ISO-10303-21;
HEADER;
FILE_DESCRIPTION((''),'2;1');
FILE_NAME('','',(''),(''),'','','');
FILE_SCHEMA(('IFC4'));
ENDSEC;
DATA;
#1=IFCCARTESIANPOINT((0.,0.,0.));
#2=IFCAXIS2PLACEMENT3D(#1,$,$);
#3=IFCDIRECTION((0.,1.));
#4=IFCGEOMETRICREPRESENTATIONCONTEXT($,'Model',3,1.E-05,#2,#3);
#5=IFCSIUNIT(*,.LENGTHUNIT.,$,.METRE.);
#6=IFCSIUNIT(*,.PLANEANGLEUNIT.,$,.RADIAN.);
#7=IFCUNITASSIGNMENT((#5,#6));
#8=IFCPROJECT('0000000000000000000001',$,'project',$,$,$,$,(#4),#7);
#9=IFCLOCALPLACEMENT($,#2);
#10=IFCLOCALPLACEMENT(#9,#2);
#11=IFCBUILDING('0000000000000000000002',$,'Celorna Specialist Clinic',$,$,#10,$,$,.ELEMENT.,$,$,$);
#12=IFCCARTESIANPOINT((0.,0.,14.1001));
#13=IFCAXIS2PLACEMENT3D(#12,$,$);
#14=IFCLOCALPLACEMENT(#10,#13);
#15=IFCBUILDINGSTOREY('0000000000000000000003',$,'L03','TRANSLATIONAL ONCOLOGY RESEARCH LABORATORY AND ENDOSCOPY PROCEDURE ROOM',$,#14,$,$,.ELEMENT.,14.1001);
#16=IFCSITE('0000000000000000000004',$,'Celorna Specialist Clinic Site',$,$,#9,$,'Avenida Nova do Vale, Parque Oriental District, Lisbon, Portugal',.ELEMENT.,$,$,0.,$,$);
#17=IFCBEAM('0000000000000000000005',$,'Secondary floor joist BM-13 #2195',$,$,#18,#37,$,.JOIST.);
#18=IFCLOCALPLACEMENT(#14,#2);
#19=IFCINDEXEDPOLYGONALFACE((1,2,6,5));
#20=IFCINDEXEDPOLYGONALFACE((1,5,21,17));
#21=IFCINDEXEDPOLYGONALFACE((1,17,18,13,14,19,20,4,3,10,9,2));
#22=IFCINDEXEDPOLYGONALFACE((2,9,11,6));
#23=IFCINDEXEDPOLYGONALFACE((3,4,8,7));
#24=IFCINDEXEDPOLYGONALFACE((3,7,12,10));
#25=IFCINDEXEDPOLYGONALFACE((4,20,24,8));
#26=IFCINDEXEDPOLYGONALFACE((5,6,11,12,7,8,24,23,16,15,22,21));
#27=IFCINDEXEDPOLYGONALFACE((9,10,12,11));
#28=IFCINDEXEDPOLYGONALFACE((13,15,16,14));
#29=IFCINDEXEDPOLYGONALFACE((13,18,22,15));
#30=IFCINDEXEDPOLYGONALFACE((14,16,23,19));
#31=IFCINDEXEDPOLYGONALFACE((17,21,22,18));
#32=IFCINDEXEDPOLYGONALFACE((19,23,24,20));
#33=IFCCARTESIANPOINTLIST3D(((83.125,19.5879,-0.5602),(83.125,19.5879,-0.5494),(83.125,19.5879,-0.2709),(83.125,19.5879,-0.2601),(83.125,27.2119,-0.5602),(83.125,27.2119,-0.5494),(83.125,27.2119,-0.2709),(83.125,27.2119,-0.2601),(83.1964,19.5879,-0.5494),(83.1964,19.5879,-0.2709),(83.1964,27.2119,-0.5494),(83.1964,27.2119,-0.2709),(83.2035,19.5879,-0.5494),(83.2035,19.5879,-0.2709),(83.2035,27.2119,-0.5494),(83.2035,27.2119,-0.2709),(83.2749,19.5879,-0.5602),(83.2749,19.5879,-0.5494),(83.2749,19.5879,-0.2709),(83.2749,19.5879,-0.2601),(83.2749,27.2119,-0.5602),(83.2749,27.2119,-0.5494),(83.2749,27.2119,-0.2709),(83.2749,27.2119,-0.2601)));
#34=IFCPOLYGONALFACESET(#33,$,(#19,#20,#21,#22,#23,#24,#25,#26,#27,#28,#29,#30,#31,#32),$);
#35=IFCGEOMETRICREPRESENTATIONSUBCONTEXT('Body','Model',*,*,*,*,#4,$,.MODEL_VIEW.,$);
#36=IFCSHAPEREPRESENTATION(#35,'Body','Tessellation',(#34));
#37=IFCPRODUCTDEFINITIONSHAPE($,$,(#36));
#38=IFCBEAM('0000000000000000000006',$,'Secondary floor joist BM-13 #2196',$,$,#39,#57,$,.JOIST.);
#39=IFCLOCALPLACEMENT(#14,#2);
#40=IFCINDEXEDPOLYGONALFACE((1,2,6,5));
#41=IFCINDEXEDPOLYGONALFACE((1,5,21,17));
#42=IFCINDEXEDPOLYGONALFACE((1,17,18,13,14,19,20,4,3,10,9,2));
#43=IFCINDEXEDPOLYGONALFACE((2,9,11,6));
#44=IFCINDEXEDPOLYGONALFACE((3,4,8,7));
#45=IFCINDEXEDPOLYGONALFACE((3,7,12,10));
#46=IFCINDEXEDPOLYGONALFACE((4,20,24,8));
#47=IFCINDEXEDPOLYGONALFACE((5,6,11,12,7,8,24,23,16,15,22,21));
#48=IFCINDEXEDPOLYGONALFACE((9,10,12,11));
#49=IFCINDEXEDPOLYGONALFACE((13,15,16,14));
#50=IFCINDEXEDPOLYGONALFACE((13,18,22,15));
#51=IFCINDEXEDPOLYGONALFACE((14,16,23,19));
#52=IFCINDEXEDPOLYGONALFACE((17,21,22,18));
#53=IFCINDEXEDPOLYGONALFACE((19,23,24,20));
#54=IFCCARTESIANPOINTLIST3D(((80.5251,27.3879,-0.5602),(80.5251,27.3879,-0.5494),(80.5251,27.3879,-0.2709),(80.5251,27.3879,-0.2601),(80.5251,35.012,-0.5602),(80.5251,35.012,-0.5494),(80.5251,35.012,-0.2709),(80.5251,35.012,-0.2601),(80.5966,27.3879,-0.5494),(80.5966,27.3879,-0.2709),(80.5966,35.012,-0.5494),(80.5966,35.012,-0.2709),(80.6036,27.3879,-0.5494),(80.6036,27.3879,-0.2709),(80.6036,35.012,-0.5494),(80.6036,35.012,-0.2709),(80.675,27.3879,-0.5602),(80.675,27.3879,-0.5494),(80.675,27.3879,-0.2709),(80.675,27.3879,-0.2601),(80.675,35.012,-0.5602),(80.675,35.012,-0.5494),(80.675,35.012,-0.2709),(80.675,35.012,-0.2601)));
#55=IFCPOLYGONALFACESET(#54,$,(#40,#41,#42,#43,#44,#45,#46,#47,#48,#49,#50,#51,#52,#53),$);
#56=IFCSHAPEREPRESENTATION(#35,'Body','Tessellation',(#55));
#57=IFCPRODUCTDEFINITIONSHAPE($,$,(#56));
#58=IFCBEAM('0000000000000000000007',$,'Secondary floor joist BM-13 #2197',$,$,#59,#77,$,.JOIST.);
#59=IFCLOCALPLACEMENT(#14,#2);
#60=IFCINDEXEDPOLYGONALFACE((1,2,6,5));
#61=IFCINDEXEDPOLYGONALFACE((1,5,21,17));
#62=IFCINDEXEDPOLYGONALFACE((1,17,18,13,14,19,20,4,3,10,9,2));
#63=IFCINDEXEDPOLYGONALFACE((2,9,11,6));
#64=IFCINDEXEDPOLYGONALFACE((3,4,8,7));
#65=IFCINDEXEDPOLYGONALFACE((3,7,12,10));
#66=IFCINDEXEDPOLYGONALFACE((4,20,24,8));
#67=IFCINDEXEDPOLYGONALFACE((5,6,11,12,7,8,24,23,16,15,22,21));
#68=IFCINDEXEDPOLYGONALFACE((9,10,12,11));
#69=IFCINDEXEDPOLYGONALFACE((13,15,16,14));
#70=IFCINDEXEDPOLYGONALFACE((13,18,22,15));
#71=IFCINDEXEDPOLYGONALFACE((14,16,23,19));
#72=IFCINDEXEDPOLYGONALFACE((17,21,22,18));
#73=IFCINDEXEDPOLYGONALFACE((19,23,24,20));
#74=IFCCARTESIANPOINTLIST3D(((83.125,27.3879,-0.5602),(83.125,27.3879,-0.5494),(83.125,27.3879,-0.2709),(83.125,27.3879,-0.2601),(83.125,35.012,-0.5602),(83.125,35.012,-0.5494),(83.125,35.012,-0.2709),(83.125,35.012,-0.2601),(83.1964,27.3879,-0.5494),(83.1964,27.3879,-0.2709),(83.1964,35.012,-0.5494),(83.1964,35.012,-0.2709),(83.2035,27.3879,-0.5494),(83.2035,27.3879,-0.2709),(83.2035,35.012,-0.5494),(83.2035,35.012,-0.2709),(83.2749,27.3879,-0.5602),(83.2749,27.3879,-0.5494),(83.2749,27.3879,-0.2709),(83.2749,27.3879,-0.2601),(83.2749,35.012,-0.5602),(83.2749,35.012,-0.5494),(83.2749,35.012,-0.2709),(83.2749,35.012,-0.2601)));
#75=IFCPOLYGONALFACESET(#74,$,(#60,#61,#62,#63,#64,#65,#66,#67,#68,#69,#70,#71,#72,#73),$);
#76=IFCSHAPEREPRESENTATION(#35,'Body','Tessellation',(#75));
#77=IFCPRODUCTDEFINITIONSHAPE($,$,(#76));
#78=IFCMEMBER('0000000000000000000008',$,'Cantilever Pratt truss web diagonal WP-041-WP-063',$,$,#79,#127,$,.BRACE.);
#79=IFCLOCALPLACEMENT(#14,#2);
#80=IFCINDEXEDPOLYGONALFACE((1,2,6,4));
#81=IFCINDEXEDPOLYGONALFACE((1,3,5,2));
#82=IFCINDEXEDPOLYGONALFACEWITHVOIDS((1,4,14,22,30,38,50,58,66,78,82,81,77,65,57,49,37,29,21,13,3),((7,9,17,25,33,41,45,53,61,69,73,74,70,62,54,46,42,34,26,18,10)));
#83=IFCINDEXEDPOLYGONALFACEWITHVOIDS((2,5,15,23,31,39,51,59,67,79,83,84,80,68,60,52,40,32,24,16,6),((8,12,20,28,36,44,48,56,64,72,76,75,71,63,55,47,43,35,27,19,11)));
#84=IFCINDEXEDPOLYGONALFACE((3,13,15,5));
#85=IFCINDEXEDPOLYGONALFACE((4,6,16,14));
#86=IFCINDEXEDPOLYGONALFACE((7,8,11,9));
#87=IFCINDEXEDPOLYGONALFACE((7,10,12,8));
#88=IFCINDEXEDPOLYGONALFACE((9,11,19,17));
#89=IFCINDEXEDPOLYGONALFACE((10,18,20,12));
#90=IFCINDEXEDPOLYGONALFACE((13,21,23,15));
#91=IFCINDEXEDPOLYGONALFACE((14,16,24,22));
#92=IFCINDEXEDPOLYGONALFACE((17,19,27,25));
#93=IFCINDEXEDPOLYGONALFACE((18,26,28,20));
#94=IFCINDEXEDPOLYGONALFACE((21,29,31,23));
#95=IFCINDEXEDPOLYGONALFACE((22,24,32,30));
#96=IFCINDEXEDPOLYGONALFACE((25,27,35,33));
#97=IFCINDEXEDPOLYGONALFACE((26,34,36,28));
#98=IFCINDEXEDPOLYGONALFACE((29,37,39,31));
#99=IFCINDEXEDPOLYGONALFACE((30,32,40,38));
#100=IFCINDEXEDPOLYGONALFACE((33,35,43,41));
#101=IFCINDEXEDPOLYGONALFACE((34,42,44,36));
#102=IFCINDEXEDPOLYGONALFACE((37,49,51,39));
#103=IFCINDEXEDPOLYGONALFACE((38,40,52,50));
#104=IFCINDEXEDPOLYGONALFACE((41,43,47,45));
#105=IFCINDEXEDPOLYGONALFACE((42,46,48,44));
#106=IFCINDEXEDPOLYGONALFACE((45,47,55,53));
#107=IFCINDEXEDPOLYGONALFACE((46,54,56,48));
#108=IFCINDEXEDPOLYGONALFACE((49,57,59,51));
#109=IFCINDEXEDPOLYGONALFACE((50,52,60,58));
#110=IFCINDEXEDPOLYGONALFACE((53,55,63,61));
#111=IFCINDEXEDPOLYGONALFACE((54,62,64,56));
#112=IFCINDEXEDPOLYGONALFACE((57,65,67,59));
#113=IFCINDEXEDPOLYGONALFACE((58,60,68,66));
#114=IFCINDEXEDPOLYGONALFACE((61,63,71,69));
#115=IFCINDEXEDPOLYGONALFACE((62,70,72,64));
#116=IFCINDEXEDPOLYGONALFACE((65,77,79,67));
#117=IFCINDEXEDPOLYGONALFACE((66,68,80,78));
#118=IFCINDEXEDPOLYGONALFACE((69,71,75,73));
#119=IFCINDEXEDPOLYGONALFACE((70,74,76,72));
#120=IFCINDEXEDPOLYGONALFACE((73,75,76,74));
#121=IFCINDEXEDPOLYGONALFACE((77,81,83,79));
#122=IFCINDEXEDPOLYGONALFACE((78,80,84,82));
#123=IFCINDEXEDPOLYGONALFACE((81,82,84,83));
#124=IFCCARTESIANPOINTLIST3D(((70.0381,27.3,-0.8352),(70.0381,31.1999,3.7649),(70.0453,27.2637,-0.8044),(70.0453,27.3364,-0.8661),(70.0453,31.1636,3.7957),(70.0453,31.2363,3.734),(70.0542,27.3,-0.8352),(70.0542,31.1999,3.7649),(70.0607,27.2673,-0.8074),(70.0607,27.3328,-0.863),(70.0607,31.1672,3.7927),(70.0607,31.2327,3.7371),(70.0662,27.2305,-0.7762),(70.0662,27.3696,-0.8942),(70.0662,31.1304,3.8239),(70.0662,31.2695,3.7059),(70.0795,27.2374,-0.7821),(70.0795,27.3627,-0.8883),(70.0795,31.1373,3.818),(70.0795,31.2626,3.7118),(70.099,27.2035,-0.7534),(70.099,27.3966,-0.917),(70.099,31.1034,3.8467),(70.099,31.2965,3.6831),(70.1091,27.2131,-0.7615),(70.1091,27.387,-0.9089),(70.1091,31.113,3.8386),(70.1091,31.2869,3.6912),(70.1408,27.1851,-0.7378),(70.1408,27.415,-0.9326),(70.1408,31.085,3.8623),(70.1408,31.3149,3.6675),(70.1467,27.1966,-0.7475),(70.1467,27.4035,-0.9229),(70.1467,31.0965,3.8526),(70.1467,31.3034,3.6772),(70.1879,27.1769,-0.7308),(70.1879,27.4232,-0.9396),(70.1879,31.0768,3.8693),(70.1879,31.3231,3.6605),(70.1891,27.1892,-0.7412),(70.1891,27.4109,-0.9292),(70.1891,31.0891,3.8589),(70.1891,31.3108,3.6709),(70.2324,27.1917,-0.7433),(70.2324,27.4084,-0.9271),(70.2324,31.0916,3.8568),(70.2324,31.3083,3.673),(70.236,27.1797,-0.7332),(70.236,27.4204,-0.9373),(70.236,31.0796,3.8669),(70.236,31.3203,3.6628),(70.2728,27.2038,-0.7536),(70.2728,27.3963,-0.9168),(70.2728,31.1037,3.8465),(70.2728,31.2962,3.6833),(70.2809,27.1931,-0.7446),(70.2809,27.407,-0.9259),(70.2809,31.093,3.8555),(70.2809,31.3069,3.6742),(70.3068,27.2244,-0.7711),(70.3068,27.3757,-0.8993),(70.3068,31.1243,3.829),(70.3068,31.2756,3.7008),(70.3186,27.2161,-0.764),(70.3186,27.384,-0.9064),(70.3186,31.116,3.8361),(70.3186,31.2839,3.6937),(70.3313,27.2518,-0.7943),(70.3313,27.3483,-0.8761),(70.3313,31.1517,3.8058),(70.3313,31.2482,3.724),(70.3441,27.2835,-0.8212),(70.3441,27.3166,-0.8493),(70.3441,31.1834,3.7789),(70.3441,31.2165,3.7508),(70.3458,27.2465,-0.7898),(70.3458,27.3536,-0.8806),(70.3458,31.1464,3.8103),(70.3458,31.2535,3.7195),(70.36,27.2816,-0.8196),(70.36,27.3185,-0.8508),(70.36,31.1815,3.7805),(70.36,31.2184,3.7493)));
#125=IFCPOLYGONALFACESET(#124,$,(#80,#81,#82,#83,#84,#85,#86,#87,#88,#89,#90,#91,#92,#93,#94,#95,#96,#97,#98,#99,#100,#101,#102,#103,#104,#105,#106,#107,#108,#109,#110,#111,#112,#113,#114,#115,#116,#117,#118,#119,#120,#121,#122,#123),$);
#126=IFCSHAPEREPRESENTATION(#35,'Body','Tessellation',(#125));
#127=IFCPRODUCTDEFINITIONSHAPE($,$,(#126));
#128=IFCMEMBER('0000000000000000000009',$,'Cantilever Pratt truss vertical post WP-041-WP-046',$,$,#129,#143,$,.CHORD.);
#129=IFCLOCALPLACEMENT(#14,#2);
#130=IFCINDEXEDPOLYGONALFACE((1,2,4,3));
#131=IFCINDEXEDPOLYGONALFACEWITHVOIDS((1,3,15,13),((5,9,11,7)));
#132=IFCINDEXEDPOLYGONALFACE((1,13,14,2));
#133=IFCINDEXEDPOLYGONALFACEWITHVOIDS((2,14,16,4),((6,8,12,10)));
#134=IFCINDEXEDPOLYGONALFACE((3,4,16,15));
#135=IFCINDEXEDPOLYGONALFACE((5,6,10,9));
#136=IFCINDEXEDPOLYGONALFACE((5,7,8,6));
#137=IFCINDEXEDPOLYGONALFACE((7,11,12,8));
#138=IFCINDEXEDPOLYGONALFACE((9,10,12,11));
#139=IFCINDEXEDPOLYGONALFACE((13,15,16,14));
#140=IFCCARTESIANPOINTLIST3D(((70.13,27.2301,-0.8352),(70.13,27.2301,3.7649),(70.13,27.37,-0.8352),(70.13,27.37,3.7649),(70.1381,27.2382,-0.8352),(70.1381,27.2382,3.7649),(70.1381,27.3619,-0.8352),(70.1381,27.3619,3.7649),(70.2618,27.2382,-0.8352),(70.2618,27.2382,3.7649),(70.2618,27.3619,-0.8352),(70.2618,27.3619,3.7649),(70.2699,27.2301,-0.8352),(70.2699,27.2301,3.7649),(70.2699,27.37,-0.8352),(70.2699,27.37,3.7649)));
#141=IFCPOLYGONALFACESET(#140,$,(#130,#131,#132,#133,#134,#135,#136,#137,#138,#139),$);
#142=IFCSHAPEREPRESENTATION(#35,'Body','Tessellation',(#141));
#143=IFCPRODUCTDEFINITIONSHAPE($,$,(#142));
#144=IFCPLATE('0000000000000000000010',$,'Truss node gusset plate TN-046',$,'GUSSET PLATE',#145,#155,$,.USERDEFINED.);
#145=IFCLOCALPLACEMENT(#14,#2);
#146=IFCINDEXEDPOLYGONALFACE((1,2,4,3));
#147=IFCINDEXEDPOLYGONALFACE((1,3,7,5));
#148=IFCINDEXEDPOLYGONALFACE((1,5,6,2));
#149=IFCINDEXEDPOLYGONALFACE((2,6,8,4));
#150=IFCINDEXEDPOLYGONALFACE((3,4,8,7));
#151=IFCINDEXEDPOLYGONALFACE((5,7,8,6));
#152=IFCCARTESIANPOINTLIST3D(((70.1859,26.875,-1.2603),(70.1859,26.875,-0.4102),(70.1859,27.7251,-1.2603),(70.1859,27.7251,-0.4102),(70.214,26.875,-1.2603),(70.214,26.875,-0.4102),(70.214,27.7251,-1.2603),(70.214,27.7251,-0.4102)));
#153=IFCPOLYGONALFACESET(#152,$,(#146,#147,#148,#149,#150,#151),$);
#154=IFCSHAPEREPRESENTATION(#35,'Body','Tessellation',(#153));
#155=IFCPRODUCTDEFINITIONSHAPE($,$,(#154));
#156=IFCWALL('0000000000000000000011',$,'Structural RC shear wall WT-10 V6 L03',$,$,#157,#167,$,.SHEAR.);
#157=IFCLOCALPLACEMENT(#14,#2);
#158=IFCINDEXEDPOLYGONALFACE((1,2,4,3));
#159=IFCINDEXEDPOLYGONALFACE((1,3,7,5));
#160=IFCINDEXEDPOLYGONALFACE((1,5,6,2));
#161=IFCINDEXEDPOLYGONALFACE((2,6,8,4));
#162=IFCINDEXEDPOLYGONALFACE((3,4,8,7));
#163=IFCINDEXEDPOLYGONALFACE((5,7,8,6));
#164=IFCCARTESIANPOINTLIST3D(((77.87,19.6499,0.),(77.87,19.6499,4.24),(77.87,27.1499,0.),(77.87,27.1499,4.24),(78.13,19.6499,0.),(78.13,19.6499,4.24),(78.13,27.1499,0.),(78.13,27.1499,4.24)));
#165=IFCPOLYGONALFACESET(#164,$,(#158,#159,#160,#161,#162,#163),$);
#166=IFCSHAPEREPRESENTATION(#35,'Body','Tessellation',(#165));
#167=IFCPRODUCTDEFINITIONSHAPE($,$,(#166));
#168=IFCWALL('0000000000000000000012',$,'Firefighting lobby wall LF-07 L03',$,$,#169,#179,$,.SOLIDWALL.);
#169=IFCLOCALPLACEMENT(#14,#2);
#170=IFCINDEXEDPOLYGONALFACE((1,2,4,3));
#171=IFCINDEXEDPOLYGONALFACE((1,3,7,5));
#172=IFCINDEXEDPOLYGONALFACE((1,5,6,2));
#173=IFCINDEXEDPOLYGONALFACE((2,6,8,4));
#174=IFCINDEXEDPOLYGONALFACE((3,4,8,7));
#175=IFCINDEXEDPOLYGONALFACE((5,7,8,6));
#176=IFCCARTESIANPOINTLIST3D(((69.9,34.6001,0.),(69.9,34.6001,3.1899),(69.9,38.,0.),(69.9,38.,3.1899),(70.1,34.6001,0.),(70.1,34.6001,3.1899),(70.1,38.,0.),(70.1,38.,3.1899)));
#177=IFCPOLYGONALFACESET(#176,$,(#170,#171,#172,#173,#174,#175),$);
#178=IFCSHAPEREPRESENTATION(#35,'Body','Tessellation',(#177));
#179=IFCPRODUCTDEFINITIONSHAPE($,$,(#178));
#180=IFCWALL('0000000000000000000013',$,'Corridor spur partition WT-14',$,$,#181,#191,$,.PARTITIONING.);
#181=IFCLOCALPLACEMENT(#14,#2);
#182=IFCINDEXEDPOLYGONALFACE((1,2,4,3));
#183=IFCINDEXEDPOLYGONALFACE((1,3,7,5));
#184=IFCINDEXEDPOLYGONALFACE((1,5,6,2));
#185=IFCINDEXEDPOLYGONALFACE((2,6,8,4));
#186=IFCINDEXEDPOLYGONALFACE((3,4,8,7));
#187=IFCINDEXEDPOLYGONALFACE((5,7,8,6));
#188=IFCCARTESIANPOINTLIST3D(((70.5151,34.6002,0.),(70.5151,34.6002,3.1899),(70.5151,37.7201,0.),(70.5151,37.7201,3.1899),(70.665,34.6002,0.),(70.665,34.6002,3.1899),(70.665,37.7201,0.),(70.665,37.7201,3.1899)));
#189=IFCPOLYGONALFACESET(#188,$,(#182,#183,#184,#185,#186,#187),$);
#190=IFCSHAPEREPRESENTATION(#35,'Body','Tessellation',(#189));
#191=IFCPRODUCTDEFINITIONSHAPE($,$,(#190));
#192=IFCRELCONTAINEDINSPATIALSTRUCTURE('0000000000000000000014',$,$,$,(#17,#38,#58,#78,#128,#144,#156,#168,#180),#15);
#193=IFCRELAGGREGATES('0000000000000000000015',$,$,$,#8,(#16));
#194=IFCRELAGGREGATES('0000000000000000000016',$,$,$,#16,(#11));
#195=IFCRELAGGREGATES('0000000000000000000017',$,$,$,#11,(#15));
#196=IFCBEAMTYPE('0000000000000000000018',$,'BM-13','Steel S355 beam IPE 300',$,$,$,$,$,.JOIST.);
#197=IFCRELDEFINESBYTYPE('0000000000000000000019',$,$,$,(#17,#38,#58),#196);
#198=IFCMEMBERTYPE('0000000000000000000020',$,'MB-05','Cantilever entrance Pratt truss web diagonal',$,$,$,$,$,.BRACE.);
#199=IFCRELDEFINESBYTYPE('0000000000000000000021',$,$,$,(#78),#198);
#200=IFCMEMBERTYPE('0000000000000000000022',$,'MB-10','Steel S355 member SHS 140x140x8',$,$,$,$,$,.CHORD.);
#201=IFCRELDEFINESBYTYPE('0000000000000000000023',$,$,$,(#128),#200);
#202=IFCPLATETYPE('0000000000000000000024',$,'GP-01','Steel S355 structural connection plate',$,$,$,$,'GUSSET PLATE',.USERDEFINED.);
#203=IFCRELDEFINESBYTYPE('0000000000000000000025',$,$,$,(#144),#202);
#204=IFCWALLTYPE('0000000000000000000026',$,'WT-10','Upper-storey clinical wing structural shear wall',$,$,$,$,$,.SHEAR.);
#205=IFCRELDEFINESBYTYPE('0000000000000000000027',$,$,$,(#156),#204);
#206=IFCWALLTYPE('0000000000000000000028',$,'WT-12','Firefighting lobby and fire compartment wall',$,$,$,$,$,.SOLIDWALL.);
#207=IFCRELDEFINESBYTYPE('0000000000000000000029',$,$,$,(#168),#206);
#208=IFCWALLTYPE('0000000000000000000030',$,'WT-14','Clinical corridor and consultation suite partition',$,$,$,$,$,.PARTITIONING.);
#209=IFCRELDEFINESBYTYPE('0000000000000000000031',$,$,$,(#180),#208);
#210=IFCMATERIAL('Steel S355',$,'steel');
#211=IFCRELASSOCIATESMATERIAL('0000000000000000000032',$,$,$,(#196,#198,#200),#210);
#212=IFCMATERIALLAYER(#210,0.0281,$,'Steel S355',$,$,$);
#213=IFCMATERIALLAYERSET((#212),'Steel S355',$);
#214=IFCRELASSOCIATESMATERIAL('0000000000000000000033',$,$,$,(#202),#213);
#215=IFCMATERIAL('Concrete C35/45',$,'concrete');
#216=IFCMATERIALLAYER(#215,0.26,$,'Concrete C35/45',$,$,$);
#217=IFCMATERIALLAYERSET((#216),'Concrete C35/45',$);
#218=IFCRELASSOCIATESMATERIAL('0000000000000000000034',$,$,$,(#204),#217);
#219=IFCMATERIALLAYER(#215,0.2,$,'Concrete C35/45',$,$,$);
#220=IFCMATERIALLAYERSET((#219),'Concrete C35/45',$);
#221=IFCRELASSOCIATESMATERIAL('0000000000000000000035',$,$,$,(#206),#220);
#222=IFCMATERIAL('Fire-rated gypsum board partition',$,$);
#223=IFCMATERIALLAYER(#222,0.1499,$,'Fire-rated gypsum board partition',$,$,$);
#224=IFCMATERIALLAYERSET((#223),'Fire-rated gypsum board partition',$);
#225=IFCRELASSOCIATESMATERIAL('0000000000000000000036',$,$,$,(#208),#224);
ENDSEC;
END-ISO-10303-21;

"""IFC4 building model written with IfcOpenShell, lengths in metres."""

from ifc_helpers import new_model, si_unit, direction, frame, frame_2d, origin, origin_2d, place, context, subcontext, project, spatial, rectangle, hollow_rectangle, hollow_circle, i_section, extrude, material, layer, layer_set, material_profile, profile_set, type_object, element, save


model = new_model("IFC4")

# Units and contexts
model_context = context("Model", 3, precision=1e-05, world=origin(), true_north=direction((0.0, 1.0)))
body_context = subcontext(model_context, "Body", "Model", "MODEL_VIEW")
ifc_project = project(units=[si_unit("LENGTHUNIT", "METRE"), si_unit("PLANEANGLEUNIT", "RADIAN")], contexts=[model_context])

# Site, building, storey
site_placement = place(None, origin())
site = spatial("IfcSite", under=ifc_project, at=site_placement, Name="Celorna Specialist Clinic Site", LongName="Avenida Nova do Vale, Parque Oriental District, Lisbon, Portugal", CompositionType="ELEMENT", RefElevation=0.0)
building_placement = place(site_placement, origin())
building = spatial("IfcBuilding", under=site, at=building_placement, Name="Celorna Specialist Clinic", CompositionType="ELEMENT")
storey_placement = place(building_placement, frame((0.0, 0.0, 14.1001)))
storey = spatial("IfcBuildingStorey", under=building, at=storey_placement, Name="L03", Description="TRANSLATIONAL ONCOLOGY RESEARCH LABORATORY AND ENDOSCOPY PROCEDURE ROOM", CompositionType="ELEMENT", Elevation=14.1001)

# Shared definitions
ifc_material_1 = material(Name="Concrete C35/45", Category="concrete")

# Beams
ifc_material_2 = material(Name="Steel S355", Category="steel")
ifc_material_profile_1 = material_profile(ifc_material_2, i_section(OverallWidth=0.1499, OverallDepth=0.3, WebThickness=0.0071, FlangeThickness=0.0107, at=origin_2d()), Name="IPE 300")
ifc_profile_set_1 = profile_set([ifc_material_profile_1], Name="Steel S355")
beam_type_1 = type_object("IfcBeamType", Name="BM-13", Description="Steel S355 beam IPE 300", PredefinedType="JOIST", material=ifc_profile_set_1)
for number, where, z_axis, x_axis, name in (
    (1, (83.2, 19.5879, -0.4102), (0.0, 1.0, 0.0), (-1.0, 0.0, 0.0), "Secondary floor joist BM-13 #2195"),
    (2, (80.6001, 27.3879, -0.4102), (0.0, 1.0, 0.0), (-1.0, 0.0, 0.0), "Secondary floor joist BM-13 #2196"),
    (3, (83.2, 27.3879, -0.4102), (0.0, 1.0, 0.0), (-1.0, 0.0, 0.0), "Secondary floor joist BM-13 #2197"),
):
    element("IfcBeam", number, at=place(storey_placement, frame(where, z_axis=z_axis, x_axis=x_axis)), inside=storey, type_object=beam_type_1, Name=name, PredefinedType="JOIST", context=body_context, shape_type="SweptSolid", body=[
        extrude(i_section(OverallWidth=0.1499, OverallDepth=0.3, WebThickness=0.0071, FlangeThickness=0.0107, at=origin_2d()), origin(), (0.0, 0.0, 1.0), 7.624),
    ])

# Members
ifc_material_profile_2 = material_profile(ifc_material_2, hollow_circle(Radius=0.1619, WallThickness=0.0161, at=origin_2d()), Name="CHS 323.9x16")
ifc_profile_set_2 = profile_set([ifc_material_profile_2], Name="Steel S355")
member_type_1 = type_object("IfcMemberType", Name="MB-05", Description="Cantilever entrance Pratt truss web diagonal", PredefinedType="BRACE", material=ifc_profile_set_2)
member_1_placement = place(storey_placement, frame((70.2, 27.3, -0.8352), z_axis=(0.0, 0.646668, 0.762772), x_axis=(-1.0, 0.0, 0.0)))
element("IfcMember", 4, at=member_1_placement, inside=storey, type_object=member_type_1, Name="Cantilever Pratt truss web diagonal WP-041-WP-063", PredefinedType="BRACE", context=body_context, shape_type="SweptSolid", body=[
    extrude(hollow_circle(Radius=0.1619, WallThickness=0.0161, at=origin_2d()), origin(), (0.0, 0.0, 1.0), 6.0308),
])
ifc_material_profile_3 = material_profile(ifc_material_2, hollow_rectangle(XDim=0.1399, YDim=0.1399, WallThickness=0.0081, at=origin_2d()), Name="SHS 140x140x8")
ifc_profile_set_3 = profile_set([ifc_material_profile_3], Name="Steel S355")
member_type_2 = type_object("IfcMemberType", Name="MB-10", Description="Steel S355 member SHS 140x140x8", PredefinedType="CHORD", material=ifc_profile_set_3)
member_2_placement = place(storey_placement, frame((70.2, 27.3, -0.8352), z_axis=(0.0, 0.0, 1.0), x_axis=(1.0, 0.0, 0.0)))
element("IfcMember", 5, at=member_2_placement, inside=storey, type_object=member_type_2, Name="Cantilever Pratt truss vertical post WP-041-WP-046", PredefinedType="CHORD", context=body_context, shape_type="SweptSolid", body=[
    extrude(hollow_rectangle(XDim=0.1399, YDim=0.1399, WallThickness=0.0081, at=origin_2d()), origin(), (0.0, 0.0, 1.0), 4.6001),
])

# Plate
ifc_layer_1 = layer(ifc_material_2, 0.0281, Name="Steel S355")
ifc_layer_set_1 = layer_set([ifc_layer_1], Name="Steel S355")
plate_type = type_object("IfcPlateType", Name="GP-01", Description="Steel S355 structural connection plate", ElementType="GUSSET PLATE", PredefinedType="USERDEFINED", material=ifc_layer_set_1)
plate_placement = place(storey_placement, frame((70.2, 27.3, -1.2603), z_axis=(0.0, 0.0, 1.0), x_axis=(0.0, 1.0, 0.0)))
element("IfcPlate", 6, at=plate_placement, inside=storey, type_object=plate_type, Name="Truss node gusset plate TN-046", ObjectType="GUSSET PLATE", PredefinedType="USERDEFINED", context=body_context, shape_type="SweptSolid", body=[
    extrude(rectangle(XDim=0.8501, YDim=0.0281, at=origin_2d()), origin(), (0.0, 0.0, 1.0), 0.8501),
])

# Walls
ifc_layer_2 = layer(ifc_material_1, 0.26, Name="Concrete C35/45")
ifc_layer_set_2 = layer_set([ifc_layer_2], Name="Concrete C35/45")
wall_type_1 = type_object("IfcWallType", Name="WT-10", Description="Upper-storey clinical wing structural shear wall", PredefinedType="SHEAR", material=ifc_layer_set_2)
wall_1_placement = place(storey_placement, frame((78.0, 19.6499, 0.0), z_axis=(0.0, 0.0, 1.0), x_axis=(0.0, 1.0, 0.0)))
element("IfcWall", 7, at=wall_1_placement, inside=storey, type_object=wall_type_1, Name="Structural RC shear wall WT-10 V6 L03", PredefinedType="SHEAR", context=body_context, shape_type="SweptSolid", body=[
    extrude(rectangle(XDim=7.5, YDim=0.26, at=frame_2d((3.75, 0.0))), origin(), (0.0, 0.0, 1.0), 4.24),
])
ifc_layer_3 = layer(ifc_material_1, 0.2, Name="Concrete C35/45")
ifc_layer_set_3 = layer_set([ifc_layer_3], Name="Concrete C35/45")
wall_type_2 = type_object("IfcWallType", Name="WT-12", Description="Firefighting lobby and fire compartment wall", PredefinedType="SOLIDWALL", material=ifc_layer_set_3)
wall_2_placement = place(storey_placement, frame((70.0, 34.6001, 0.0), z_axis=(0.0, 0.0, 1.0), x_axis=(0.0, 1.0, 0.0)))
element("IfcWall", 8, at=wall_2_placement, inside=storey, type_object=wall_type_2, Name="Firefighting lobby wall LF-07 L03", PredefinedType="SOLIDWALL", context=body_context, shape_type="SweptSolid", body=[
    extrude(rectangle(XDim=3.3999, YDim=0.2, at=frame_2d((1.7, 0.0))), origin(), (0.0, 0.0, 1.0), 3.1899),
])
ifc_material_3 = material(Name="Fire-rated gypsum board partition")
ifc_layer_4 = layer(ifc_material_3, 0.1499, Name="Fire-rated gypsum board partition")
ifc_layer_set_4 = layer_set([ifc_layer_4], Name="Fire-rated gypsum board partition")
wall_type_3 = type_object("IfcWallType", Name="WT-14", Description="Clinical corridor and consultation suite partition", PredefinedType="PARTITIONING", material=ifc_layer_set_4)
wall_3_placement = place(storey_placement, frame((70.5901, 34.6001, 0.0), z_axis=(0.0, 0.0, 1.0), x_axis=(0.0, 1.0, 0.0)))
element("IfcWall", 9, at=wall_3_placement, inside=storey, type_object=wall_type_3, Name="Corridor spur partition WT-14", PredefinedType="PARTITIONING", context=body_context, shape_type="SweptSolid", body=[
    extrude(rectangle(XDim=3.1199, YDim=0.1499, at=frame_2d((1.5601, 0.0))), origin(), (0.0, 0.0, 1.0), 3.1899),
])

save(model, "model.ifc")
